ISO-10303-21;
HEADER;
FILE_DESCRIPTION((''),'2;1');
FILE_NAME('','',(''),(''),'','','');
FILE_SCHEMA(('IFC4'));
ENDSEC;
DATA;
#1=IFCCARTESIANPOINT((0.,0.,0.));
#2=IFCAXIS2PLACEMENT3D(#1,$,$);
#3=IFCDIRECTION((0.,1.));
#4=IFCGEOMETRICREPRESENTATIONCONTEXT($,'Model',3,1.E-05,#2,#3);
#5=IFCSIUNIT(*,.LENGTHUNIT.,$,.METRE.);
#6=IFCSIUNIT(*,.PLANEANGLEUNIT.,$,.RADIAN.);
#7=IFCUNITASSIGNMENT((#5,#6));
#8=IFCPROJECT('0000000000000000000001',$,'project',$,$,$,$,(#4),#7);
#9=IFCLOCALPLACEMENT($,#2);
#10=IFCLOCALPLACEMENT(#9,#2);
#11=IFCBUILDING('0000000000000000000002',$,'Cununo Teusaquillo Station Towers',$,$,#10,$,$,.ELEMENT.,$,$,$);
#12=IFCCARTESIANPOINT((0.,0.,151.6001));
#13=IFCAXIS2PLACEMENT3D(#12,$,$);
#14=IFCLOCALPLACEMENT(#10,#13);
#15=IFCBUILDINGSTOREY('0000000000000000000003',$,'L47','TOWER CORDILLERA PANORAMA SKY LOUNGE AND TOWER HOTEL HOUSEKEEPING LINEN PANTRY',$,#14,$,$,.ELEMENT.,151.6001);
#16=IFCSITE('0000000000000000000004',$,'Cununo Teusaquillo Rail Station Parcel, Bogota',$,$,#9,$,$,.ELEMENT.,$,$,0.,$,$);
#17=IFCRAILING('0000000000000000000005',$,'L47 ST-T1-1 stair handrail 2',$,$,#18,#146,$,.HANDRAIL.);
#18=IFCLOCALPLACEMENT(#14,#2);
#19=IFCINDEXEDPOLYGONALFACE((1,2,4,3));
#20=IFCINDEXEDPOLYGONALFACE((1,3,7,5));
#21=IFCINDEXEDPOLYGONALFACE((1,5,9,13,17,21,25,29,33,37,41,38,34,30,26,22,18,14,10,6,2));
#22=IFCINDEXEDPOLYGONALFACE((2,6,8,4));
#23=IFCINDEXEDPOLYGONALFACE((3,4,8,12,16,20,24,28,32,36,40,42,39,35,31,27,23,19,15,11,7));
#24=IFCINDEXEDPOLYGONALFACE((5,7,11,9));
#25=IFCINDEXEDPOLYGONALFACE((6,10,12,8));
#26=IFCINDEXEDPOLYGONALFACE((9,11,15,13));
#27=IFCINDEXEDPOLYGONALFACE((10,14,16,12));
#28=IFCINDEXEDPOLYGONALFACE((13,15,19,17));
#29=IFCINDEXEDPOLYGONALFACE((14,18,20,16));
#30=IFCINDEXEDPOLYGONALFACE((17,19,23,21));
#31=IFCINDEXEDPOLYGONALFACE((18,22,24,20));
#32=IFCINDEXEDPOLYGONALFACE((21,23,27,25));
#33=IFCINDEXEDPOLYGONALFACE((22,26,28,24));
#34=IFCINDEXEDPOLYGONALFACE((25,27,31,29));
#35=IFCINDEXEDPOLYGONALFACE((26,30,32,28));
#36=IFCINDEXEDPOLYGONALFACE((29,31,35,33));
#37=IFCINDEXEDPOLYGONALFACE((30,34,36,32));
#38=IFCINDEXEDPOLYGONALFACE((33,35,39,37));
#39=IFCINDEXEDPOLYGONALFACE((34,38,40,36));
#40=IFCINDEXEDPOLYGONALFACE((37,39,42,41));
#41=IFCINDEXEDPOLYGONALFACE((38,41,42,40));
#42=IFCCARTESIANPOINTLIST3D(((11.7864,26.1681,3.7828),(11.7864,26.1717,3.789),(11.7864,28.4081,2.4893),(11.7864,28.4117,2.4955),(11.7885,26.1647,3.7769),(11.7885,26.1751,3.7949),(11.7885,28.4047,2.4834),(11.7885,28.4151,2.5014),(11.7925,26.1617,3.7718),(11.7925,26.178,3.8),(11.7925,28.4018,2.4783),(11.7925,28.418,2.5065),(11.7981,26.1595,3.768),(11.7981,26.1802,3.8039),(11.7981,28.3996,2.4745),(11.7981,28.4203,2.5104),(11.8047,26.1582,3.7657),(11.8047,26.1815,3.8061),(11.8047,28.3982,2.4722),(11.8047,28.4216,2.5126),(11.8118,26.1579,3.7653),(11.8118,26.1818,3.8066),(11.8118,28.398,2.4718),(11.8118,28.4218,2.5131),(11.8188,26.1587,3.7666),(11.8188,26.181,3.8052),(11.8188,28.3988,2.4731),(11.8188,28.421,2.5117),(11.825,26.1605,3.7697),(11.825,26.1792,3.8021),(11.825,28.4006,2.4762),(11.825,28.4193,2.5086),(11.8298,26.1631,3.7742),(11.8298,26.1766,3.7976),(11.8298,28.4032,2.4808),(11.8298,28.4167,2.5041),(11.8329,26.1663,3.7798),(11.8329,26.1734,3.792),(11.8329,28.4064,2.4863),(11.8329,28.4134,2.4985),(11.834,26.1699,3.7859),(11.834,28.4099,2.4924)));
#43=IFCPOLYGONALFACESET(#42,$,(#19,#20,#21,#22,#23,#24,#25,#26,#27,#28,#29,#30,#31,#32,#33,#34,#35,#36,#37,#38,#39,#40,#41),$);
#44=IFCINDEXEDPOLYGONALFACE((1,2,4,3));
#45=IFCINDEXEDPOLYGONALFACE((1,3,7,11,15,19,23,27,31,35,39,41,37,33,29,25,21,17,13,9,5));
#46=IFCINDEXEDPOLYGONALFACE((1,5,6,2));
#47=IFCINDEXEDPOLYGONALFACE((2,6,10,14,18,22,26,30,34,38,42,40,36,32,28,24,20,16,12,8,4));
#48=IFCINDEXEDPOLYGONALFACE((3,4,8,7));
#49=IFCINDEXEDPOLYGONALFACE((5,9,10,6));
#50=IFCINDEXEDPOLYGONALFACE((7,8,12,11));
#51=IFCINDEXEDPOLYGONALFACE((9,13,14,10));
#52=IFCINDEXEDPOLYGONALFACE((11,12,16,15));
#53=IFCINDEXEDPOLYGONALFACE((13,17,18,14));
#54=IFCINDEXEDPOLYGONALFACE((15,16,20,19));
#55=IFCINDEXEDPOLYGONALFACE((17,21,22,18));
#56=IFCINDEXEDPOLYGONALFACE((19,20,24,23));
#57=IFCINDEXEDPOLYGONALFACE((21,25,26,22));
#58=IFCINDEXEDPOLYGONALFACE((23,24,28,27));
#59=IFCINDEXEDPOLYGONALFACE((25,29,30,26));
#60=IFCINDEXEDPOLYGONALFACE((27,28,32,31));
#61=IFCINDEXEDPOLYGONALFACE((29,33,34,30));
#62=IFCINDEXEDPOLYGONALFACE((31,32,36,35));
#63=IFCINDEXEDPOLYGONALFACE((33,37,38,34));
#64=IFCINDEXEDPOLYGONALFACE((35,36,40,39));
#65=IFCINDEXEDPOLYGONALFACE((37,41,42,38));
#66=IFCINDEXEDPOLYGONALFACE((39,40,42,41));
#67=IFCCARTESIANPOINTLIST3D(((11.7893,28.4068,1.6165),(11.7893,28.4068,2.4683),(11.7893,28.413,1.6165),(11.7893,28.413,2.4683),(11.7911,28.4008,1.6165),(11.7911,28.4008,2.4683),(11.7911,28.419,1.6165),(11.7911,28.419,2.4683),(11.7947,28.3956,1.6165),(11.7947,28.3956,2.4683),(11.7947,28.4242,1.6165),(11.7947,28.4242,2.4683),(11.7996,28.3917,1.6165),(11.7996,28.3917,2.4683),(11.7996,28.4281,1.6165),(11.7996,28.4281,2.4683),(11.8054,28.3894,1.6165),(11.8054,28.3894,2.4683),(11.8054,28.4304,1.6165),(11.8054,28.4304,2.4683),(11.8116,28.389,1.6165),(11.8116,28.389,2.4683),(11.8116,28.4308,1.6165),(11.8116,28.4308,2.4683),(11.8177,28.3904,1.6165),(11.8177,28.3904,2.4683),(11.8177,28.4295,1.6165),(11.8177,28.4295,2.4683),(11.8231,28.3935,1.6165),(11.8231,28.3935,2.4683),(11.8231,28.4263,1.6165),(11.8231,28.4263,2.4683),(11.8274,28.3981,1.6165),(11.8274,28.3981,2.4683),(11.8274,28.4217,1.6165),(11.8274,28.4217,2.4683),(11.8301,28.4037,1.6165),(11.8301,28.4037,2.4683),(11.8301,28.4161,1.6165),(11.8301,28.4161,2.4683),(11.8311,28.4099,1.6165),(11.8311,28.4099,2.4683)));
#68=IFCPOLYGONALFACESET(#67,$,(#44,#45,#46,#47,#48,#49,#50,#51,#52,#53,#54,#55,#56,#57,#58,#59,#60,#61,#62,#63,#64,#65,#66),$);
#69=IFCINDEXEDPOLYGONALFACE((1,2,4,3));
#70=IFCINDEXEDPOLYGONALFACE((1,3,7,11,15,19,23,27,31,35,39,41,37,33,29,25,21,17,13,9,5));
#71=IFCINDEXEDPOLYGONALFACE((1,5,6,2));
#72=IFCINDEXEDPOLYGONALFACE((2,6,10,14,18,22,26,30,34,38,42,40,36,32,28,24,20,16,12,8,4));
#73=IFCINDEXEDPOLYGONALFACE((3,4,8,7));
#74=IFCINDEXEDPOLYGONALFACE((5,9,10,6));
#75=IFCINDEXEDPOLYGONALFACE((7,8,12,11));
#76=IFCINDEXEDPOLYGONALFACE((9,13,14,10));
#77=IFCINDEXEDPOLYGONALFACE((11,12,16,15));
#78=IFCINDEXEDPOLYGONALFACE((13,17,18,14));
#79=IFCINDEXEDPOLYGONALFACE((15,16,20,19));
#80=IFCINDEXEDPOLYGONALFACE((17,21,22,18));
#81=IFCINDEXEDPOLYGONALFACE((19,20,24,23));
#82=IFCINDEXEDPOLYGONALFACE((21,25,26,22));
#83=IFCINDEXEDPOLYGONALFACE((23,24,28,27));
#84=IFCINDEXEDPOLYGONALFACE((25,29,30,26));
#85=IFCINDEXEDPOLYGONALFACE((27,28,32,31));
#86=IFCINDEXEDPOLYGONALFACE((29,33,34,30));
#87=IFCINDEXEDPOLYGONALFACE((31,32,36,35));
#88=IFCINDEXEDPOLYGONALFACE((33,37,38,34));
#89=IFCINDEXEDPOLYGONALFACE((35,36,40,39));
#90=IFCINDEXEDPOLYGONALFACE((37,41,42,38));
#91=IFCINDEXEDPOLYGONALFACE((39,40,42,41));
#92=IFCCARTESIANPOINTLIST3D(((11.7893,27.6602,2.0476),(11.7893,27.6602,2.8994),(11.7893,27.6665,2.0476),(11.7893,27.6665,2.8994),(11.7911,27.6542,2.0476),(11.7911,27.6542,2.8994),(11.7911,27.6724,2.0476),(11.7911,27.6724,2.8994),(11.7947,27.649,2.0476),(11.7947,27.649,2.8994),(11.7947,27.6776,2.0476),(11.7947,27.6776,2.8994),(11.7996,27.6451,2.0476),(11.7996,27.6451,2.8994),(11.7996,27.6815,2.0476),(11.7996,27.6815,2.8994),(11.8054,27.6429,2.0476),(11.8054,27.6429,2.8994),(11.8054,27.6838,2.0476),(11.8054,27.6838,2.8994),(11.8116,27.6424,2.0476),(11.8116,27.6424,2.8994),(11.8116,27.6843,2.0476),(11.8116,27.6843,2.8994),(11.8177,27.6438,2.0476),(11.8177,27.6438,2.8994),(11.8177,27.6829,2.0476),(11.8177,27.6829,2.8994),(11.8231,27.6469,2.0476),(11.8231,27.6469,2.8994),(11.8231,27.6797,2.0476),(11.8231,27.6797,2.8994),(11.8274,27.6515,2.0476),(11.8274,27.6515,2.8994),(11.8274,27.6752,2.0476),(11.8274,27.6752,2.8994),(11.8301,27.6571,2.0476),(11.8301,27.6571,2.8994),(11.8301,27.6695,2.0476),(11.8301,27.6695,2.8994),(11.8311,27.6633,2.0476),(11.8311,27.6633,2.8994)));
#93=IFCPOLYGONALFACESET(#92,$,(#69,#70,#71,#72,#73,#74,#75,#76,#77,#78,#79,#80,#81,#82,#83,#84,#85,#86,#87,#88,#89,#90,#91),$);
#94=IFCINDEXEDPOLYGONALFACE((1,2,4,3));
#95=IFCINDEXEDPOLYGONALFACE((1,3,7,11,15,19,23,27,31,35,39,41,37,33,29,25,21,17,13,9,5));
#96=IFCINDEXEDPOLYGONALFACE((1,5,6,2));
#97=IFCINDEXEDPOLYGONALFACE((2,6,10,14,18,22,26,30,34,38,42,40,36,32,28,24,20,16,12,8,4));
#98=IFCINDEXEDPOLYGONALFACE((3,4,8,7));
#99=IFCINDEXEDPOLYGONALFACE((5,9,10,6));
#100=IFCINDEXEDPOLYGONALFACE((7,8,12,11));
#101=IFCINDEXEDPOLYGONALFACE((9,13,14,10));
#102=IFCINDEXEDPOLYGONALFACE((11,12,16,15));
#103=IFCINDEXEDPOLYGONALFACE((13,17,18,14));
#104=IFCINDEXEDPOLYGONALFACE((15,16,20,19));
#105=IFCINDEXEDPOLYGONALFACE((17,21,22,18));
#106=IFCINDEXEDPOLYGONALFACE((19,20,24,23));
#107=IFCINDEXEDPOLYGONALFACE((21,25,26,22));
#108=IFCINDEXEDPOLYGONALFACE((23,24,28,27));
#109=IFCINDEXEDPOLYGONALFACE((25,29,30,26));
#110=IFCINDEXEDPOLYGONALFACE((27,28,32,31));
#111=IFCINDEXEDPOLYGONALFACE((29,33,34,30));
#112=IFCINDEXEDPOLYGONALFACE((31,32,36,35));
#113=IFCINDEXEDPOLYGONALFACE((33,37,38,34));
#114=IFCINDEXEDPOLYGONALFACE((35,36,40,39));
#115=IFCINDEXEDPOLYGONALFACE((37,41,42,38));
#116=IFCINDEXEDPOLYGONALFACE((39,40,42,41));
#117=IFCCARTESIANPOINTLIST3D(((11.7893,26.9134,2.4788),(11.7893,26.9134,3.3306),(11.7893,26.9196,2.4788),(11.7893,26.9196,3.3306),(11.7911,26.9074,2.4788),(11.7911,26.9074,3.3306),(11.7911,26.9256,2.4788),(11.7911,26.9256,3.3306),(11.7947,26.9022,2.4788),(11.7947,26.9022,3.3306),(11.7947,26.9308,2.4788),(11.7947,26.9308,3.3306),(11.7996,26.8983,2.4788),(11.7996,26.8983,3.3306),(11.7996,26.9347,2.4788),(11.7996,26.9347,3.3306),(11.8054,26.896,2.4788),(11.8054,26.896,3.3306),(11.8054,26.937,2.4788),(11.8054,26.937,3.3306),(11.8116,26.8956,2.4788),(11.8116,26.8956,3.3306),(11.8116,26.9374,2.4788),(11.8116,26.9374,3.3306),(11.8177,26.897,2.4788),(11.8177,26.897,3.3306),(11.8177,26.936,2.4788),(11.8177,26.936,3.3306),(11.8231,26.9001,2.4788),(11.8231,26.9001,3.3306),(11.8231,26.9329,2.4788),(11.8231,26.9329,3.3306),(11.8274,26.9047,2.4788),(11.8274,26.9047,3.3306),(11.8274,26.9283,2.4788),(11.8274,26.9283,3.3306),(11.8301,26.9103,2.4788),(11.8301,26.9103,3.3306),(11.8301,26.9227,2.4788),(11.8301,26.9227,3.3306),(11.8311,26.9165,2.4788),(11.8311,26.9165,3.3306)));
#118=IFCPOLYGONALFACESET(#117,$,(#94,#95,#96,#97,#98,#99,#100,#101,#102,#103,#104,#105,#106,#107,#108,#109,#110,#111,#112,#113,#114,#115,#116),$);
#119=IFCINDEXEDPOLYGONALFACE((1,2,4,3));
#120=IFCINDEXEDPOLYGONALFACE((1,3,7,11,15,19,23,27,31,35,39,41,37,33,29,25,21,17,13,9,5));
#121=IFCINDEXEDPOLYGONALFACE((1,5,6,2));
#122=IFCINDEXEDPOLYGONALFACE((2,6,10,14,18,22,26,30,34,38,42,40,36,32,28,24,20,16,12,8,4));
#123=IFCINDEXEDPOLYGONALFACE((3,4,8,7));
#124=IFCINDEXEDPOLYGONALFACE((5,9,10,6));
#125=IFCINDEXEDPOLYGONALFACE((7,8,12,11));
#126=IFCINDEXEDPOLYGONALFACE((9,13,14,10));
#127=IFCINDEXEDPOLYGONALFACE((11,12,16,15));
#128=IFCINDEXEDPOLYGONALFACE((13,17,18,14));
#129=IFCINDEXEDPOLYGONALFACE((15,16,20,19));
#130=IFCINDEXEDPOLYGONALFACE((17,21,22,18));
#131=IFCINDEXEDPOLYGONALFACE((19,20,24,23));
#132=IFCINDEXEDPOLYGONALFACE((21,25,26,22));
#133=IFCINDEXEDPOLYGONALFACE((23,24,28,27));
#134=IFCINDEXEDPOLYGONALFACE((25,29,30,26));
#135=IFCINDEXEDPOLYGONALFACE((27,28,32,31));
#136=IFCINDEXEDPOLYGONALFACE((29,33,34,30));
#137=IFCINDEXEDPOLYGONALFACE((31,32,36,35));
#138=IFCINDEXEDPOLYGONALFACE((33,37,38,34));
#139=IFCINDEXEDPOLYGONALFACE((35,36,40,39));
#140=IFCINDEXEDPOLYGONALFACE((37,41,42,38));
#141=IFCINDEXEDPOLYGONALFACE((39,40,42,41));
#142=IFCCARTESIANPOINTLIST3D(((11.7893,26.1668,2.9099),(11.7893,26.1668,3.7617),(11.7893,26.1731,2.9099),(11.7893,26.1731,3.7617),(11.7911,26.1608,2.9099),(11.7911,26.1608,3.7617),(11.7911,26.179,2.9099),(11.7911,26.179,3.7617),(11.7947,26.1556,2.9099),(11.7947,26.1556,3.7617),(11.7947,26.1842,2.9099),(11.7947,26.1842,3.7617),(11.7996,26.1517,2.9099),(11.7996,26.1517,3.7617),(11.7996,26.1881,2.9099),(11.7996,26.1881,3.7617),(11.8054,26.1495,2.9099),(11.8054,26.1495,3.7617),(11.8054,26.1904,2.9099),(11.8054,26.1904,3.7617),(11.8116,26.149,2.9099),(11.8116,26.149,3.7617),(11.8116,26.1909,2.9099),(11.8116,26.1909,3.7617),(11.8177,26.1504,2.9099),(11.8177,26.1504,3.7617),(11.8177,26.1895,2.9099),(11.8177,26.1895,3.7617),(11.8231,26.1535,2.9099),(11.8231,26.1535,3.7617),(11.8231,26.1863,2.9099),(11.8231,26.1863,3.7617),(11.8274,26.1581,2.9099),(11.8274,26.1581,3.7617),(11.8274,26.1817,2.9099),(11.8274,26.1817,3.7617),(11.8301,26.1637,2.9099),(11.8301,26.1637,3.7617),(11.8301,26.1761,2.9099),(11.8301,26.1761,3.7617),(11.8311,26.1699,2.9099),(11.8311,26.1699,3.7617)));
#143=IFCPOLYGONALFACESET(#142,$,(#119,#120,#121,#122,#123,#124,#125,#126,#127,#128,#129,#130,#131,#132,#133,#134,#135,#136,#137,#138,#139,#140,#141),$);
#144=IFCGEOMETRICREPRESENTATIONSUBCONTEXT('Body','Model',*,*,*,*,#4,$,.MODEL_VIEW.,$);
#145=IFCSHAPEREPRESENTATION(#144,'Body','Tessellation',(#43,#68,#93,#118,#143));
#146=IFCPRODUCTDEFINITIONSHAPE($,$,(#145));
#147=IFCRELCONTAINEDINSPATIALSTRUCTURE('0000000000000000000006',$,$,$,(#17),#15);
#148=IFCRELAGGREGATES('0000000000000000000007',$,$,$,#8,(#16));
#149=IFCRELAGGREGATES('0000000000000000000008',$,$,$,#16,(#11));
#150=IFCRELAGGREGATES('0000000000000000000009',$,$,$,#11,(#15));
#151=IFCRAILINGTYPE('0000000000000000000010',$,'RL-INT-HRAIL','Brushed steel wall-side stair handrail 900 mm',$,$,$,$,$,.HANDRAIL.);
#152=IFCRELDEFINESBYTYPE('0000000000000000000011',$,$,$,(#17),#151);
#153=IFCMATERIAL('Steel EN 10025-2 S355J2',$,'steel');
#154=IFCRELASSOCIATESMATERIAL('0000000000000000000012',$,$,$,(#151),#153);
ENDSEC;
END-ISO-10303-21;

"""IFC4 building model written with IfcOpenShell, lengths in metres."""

from ifc_helpers import new_model, si_unit, direction, frame, origin, origin_2d, place, context, subcontext, project, spatial, circle, extrude, material, type_object, element, save


model = new_model("IFC4")

# Units and contexts
model_context = context("Model", 3, precision=1e-05, world=origin(), true_north=direction((0.0, 1.0)))
body_context = subcontext(model_context, "Body", "Model", "MODEL_VIEW")
ifc_project = project(units=[si_unit("LENGTHUNIT", "METRE"), si_unit("PLANEANGLEUNIT", "RADIAN")], contexts=[model_context])

# Site, building, storey
site_placement = place(None, origin())
site = spatial("IfcSite", under=ifc_project, at=site_placement, Name="Cununo Teusaquillo Rail Station Parcel, Bogota", CompositionType="ELEMENT", RefElevation=0.0)
building_placement = place(site_placement, origin())
building = spatial("IfcBuilding", under=site, at=building_placement, Name="Cununo Teusaquillo Station Towers", CompositionType="ELEMENT")
storey_placement = place(building_placement, frame((0.0, 0.0, 151.6001)))
storey = spatial("IfcBuildingStorey", under=building, at=storey_placement, Name="L47", Description="TOWER CORDILLERA PANORAMA SKY LOUNGE AND TOWER HOTEL HOUSEKEEPING LINEN PANTRY", CompositionType="ELEMENT", Elevation=151.6001)

# Railing
ifc_material_1 = material(Name="Steel EN 10025-2 S355J2", Category="steel")
railing_type_1 = type_object("IfcRailingType", Name="RL-INT-HRAIL", Description="Brushed steel wall-side stair handrail 900 mm", PredefinedType="HANDRAIL", material=ifc_material_1)
railing_1_placement = place(storey_placement, frame((11.8101, 28.4099, 1.6165)))
element("IfcRailing", 1, at=railing_1_placement, inside=storey, type_object=railing_type_1, Name="L47 ST-T1-1 stair handrail 2", PredefinedType="HANDRAIL", context=body_context, shape_type="SweptSolid", body=[
    extrude(circle(Radius=0.0239, at=origin_2d()), frame((0.0, 0.0, 0.876), z_axis=(0.0, -0.865992, 0.500057), x_axis=(1.0, 0.0, 0.0)), (0.0, 0.0, 1.0), 2.5867),
    extrude(circle(Radius=0.021, at=origin_2d()), origin(), (0.0, 0.0, 1.0), 0.8518),
    extrude(circle(Radius=0.021, at=origin_2d()), frame((0.0, -0.7466, 0.4312)), (0.0, 0.0, 1.0), 0.8518),
    extrude(circle(Radius=0.021, at=origin_2d()), frame((0.0, -1.4934, 0.8623)), (0.0, 0.0, 1.0), 0.8518),
    extrude(circle(Radius=0.021, at=origin_2d()), frame((0.0, -2.24, 1.2935)), (0.0, 0.0, 1.0), 0.8518),
])

save(model, "model.ifc")
